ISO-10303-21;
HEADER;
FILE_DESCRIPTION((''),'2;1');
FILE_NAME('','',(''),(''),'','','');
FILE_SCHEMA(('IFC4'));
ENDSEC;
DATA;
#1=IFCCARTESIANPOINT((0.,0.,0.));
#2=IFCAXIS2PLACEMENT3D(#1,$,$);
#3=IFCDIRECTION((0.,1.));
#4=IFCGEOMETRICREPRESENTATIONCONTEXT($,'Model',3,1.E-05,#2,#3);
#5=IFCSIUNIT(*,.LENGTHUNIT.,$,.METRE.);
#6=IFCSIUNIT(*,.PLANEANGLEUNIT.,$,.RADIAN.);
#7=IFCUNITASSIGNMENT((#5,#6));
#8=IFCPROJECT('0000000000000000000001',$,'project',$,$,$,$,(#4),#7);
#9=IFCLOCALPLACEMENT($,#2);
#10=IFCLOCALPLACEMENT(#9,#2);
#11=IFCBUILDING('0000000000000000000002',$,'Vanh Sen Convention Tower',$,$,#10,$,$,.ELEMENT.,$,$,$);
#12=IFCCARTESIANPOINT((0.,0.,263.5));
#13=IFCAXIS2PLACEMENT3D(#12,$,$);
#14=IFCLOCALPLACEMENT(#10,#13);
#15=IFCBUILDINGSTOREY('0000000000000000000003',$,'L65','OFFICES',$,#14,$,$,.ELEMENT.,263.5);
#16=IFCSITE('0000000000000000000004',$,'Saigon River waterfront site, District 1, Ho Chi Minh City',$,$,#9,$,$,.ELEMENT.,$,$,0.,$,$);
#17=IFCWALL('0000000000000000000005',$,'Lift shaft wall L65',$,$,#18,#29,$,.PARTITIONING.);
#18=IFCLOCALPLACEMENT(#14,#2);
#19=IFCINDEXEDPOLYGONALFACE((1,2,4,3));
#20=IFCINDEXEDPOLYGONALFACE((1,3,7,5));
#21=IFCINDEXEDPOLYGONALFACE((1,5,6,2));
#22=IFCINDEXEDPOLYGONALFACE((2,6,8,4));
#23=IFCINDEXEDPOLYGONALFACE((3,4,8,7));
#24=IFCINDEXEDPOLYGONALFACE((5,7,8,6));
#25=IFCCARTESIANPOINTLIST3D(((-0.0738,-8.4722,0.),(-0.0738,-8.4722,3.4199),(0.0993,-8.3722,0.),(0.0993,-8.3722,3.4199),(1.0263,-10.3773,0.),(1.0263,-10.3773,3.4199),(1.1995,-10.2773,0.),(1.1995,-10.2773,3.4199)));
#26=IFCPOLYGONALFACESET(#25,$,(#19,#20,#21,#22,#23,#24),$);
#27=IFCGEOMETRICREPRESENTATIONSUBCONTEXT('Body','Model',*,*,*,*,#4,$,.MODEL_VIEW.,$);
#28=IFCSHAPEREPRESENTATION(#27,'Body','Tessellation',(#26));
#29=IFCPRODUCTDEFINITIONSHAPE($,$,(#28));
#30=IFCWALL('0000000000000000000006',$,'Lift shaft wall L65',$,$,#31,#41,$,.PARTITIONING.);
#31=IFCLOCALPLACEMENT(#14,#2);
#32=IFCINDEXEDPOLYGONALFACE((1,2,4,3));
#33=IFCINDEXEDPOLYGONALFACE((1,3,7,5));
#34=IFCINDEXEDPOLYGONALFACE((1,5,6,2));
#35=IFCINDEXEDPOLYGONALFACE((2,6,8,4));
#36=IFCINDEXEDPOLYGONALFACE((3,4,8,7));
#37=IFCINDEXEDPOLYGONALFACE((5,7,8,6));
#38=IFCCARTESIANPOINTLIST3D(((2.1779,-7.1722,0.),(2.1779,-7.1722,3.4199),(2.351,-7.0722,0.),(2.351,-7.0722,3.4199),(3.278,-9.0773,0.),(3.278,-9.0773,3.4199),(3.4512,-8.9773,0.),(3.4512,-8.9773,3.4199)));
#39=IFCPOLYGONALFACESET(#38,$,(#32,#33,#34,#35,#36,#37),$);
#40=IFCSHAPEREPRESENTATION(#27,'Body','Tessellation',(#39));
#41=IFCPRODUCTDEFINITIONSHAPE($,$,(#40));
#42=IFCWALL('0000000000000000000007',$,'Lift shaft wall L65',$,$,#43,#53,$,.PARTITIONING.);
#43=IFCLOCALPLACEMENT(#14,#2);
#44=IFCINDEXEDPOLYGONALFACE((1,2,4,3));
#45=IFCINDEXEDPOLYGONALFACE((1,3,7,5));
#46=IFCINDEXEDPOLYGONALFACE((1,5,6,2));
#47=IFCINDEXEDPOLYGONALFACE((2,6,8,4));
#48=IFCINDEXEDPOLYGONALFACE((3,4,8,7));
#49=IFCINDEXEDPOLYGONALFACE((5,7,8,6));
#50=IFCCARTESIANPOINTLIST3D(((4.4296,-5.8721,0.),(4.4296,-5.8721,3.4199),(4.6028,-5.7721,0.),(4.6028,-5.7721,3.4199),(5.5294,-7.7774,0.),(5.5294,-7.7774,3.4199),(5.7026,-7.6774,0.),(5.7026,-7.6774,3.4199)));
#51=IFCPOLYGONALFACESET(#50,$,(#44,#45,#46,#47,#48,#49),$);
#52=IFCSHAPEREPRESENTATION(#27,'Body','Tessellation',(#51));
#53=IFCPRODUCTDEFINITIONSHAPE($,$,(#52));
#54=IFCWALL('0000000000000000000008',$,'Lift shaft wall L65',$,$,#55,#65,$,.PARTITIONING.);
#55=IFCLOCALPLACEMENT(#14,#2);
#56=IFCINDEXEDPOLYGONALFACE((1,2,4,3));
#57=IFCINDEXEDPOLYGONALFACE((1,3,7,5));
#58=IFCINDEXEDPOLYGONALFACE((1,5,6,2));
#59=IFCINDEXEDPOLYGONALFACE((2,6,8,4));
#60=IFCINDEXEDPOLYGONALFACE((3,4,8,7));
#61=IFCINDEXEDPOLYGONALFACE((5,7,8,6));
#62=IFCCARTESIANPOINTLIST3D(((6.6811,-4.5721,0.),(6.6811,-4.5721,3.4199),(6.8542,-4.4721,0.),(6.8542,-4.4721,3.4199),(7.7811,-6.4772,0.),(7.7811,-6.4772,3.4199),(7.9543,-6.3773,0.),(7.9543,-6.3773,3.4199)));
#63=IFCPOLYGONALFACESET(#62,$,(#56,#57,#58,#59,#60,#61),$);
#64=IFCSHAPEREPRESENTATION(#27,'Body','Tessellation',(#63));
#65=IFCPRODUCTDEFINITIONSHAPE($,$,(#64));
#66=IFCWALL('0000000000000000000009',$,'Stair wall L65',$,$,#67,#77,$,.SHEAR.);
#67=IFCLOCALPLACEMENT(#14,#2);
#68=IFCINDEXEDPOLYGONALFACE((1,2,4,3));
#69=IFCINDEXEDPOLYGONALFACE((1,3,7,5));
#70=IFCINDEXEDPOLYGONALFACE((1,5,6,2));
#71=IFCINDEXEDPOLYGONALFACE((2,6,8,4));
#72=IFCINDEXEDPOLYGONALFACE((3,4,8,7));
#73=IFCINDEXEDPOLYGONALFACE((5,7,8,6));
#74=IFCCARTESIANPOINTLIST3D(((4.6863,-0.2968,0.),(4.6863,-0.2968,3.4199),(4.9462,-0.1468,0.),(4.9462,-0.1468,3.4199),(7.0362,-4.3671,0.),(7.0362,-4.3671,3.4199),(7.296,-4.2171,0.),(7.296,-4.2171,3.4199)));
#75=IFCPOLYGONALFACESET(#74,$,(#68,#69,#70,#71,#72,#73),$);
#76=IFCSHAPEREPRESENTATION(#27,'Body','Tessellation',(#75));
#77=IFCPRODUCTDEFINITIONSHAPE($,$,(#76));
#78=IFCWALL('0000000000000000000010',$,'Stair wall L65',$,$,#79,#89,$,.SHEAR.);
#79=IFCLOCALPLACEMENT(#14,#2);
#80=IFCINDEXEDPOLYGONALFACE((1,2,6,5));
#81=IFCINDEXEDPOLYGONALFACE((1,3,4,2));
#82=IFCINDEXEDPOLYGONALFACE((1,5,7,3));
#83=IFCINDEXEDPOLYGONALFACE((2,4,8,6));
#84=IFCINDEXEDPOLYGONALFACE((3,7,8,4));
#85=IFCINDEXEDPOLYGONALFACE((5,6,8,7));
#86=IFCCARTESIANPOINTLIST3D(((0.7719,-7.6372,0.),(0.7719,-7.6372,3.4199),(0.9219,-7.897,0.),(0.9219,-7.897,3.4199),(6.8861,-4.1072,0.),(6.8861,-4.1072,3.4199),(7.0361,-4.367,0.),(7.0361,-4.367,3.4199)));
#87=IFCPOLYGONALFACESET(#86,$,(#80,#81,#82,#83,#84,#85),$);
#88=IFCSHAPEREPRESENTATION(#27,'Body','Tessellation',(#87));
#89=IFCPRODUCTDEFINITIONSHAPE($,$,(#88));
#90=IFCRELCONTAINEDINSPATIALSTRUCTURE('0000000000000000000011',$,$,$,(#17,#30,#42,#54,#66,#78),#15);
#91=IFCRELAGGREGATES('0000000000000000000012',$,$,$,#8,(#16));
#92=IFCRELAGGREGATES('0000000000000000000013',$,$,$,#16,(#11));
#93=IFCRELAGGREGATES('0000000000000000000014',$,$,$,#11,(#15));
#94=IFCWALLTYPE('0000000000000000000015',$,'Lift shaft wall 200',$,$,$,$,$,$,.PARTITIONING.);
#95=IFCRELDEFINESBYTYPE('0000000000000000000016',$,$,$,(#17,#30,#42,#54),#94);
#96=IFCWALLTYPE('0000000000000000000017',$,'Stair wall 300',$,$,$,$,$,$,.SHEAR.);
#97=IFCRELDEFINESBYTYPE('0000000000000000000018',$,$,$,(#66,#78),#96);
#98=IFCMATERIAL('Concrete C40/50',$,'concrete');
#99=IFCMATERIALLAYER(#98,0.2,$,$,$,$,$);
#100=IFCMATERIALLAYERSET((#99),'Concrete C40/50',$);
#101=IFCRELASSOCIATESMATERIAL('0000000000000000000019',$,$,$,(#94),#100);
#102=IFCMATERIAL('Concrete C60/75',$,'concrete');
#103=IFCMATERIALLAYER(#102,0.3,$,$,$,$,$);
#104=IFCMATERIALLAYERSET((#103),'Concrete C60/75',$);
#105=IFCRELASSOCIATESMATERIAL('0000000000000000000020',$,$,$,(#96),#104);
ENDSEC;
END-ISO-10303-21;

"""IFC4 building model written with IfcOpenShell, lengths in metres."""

from ifc_helpers import new_model, si_unit, direction, frame, frame_2d, origin, place, context, subcontext, project, spatial, rectangle, extrude, material, layer, layer_set, type_object, element, save


model = new_model("IFC4")

# Units and contexts
model_context = context("Model", 3, precision=1e-05, world=origin(), true_north=direction((0.0, 1.0)))
body_context = subcontext(model_context, "Body", "Model", "MODEL_VIEW")
ifc_project = project(units=[si_unit("LENGTHUNIT", "METRE"), si_unit("PLANEANGLEUNIT", "RADIAN")], contexts=[model_context])

# Site, building, storey
site_placement = place(None, origin())
site = spatial("IfcSite", under=ifc_project, at=site_placement, Name="Saigon River waterfront site, District 1, Ho Chi Minh City", CompositionType="ELEMENT", RefElevation=0.0)
building_placement = place(site_placement, origin())
building = spatial("IfcBuilding", under=site, at=building_placement, Name="Vanh Sen Convention Tower", CompositionType="ELEMENT")
storey_placement = place(building_placement, frame((0.0, 0.0, 263.5)))
storey = spatial("IfcBuildingStorey", under=building, at=storey_placement, Name="L65", Description="OFFICES", CompositionType="ELEMENT", Elevation=263.5)

# Shared definitions
ifc_material_1 = material(Name="Concrete C60/75", Category="concrete")

# Shared definitions
ifc_material_2 = material(Name="Concrete C40/50", Category="concrete")

# Walls
ifc_layer_1 = layer(ifc_material_2, 0.2)
ifc_layer_set_1 = layer_set([ifc_layer_1], Name="Concrete C40/50")
wall_type_1 = type_object("IfcWallType", Name="Lift shaft wall 200", PredefinedType="PARTITIONING", material=ifc_layer_set_1)
for number, where, z_axis, x_axis, name in (
    (1, (0.0127, -8.4221, 0.0), (0.0, 0.0, 1.0), (0.500078, -0.86598, 0.0), "Lift shaft wall L65"),
    (2, (2.2644, -7.1221, 0.0), (0.0, 0.0, 1.0), (0.500078, -0.86598, 0.0), "Lift shaft wall L65"),
    (3, (4.5161, -5.822, 0.0), (0.0, 0.0, 1.0), (0.499947, -0.866056, 0.0), "Lift shaft wall L65"),
    (4, (6.7676, -4.522, 0.0), (0.0, 0.0, 1.0), (0.50003, -0.866008, 0.0), "Lift shaft wall L65"),
):
    element("IfcWall", number, at=place(storey_placement, frame(where, z_axis=z_axis, x_axis=x_axis)), inside=storey, type_object=wall_type_1, Name=name, PredefinedType="PARTITIONING", context=body_context, shape_type="SweptSolid", body=[
        extrude(rectangle(XDim=2.2, YDim=0.2, at=frame_2d((1.1001, 0.0))), origin(), (0.0, 0.0, 1.0), 3.4199),
    ])
ifc_layer_2 = layer(ifc_material_1, 0.3)
ifc_layer_set_2 = layer_set([ifc_layer_2], Name="Concrete C60/75")
wall_type_2 = type_object("IfcWallType", Name="Stair wall 300", PredefinedType="SHEAR", material=ifc_layer_set_2)
wall_1_placement = place(storey_placement, frame((4.8162, -0.2217, 0.0), z_axis=(0.0, 0.0, 1.0), x_axis=(0.499977, -0.866039, 0.0)))
element("IfcWall", 5, at=wall_1_placement, inside=storey, type_object=wall_type_2, Name="Stair wall L65", PredefinedType="SHEAR", context=body_context, shape_type="SweptSolid", body=[
    extrude(rectangle(XDim=4.7, YDim=0.3, at=frame_2d((2.3501, 0.0))), origin(), (0.0, 0.0, 1.0), 3.4199),
])
wall_2_placement = place(storey_placement, frame((0.8469, -7.7671, 0.0), z_axis=(0.0, 0.0, 1.0), x_axis=(0.866028, 0.499996, 0.0)))
element("IfcWall", 6, at=wall_2_placement, inside=storey, type_object=wall_type_2, Name="Stair wall L65", PredefinedType="SHEAR", context=body_context, shape_type="SweptSolid", body=[
    extrude(rectangle(XDim=7.0601, YDim=0.3, at=frame_2d((3.53, 0.0))), origin(), (0.0, 0.0, 1.0), 3.4199),
])

save(model, "model.ifc")
